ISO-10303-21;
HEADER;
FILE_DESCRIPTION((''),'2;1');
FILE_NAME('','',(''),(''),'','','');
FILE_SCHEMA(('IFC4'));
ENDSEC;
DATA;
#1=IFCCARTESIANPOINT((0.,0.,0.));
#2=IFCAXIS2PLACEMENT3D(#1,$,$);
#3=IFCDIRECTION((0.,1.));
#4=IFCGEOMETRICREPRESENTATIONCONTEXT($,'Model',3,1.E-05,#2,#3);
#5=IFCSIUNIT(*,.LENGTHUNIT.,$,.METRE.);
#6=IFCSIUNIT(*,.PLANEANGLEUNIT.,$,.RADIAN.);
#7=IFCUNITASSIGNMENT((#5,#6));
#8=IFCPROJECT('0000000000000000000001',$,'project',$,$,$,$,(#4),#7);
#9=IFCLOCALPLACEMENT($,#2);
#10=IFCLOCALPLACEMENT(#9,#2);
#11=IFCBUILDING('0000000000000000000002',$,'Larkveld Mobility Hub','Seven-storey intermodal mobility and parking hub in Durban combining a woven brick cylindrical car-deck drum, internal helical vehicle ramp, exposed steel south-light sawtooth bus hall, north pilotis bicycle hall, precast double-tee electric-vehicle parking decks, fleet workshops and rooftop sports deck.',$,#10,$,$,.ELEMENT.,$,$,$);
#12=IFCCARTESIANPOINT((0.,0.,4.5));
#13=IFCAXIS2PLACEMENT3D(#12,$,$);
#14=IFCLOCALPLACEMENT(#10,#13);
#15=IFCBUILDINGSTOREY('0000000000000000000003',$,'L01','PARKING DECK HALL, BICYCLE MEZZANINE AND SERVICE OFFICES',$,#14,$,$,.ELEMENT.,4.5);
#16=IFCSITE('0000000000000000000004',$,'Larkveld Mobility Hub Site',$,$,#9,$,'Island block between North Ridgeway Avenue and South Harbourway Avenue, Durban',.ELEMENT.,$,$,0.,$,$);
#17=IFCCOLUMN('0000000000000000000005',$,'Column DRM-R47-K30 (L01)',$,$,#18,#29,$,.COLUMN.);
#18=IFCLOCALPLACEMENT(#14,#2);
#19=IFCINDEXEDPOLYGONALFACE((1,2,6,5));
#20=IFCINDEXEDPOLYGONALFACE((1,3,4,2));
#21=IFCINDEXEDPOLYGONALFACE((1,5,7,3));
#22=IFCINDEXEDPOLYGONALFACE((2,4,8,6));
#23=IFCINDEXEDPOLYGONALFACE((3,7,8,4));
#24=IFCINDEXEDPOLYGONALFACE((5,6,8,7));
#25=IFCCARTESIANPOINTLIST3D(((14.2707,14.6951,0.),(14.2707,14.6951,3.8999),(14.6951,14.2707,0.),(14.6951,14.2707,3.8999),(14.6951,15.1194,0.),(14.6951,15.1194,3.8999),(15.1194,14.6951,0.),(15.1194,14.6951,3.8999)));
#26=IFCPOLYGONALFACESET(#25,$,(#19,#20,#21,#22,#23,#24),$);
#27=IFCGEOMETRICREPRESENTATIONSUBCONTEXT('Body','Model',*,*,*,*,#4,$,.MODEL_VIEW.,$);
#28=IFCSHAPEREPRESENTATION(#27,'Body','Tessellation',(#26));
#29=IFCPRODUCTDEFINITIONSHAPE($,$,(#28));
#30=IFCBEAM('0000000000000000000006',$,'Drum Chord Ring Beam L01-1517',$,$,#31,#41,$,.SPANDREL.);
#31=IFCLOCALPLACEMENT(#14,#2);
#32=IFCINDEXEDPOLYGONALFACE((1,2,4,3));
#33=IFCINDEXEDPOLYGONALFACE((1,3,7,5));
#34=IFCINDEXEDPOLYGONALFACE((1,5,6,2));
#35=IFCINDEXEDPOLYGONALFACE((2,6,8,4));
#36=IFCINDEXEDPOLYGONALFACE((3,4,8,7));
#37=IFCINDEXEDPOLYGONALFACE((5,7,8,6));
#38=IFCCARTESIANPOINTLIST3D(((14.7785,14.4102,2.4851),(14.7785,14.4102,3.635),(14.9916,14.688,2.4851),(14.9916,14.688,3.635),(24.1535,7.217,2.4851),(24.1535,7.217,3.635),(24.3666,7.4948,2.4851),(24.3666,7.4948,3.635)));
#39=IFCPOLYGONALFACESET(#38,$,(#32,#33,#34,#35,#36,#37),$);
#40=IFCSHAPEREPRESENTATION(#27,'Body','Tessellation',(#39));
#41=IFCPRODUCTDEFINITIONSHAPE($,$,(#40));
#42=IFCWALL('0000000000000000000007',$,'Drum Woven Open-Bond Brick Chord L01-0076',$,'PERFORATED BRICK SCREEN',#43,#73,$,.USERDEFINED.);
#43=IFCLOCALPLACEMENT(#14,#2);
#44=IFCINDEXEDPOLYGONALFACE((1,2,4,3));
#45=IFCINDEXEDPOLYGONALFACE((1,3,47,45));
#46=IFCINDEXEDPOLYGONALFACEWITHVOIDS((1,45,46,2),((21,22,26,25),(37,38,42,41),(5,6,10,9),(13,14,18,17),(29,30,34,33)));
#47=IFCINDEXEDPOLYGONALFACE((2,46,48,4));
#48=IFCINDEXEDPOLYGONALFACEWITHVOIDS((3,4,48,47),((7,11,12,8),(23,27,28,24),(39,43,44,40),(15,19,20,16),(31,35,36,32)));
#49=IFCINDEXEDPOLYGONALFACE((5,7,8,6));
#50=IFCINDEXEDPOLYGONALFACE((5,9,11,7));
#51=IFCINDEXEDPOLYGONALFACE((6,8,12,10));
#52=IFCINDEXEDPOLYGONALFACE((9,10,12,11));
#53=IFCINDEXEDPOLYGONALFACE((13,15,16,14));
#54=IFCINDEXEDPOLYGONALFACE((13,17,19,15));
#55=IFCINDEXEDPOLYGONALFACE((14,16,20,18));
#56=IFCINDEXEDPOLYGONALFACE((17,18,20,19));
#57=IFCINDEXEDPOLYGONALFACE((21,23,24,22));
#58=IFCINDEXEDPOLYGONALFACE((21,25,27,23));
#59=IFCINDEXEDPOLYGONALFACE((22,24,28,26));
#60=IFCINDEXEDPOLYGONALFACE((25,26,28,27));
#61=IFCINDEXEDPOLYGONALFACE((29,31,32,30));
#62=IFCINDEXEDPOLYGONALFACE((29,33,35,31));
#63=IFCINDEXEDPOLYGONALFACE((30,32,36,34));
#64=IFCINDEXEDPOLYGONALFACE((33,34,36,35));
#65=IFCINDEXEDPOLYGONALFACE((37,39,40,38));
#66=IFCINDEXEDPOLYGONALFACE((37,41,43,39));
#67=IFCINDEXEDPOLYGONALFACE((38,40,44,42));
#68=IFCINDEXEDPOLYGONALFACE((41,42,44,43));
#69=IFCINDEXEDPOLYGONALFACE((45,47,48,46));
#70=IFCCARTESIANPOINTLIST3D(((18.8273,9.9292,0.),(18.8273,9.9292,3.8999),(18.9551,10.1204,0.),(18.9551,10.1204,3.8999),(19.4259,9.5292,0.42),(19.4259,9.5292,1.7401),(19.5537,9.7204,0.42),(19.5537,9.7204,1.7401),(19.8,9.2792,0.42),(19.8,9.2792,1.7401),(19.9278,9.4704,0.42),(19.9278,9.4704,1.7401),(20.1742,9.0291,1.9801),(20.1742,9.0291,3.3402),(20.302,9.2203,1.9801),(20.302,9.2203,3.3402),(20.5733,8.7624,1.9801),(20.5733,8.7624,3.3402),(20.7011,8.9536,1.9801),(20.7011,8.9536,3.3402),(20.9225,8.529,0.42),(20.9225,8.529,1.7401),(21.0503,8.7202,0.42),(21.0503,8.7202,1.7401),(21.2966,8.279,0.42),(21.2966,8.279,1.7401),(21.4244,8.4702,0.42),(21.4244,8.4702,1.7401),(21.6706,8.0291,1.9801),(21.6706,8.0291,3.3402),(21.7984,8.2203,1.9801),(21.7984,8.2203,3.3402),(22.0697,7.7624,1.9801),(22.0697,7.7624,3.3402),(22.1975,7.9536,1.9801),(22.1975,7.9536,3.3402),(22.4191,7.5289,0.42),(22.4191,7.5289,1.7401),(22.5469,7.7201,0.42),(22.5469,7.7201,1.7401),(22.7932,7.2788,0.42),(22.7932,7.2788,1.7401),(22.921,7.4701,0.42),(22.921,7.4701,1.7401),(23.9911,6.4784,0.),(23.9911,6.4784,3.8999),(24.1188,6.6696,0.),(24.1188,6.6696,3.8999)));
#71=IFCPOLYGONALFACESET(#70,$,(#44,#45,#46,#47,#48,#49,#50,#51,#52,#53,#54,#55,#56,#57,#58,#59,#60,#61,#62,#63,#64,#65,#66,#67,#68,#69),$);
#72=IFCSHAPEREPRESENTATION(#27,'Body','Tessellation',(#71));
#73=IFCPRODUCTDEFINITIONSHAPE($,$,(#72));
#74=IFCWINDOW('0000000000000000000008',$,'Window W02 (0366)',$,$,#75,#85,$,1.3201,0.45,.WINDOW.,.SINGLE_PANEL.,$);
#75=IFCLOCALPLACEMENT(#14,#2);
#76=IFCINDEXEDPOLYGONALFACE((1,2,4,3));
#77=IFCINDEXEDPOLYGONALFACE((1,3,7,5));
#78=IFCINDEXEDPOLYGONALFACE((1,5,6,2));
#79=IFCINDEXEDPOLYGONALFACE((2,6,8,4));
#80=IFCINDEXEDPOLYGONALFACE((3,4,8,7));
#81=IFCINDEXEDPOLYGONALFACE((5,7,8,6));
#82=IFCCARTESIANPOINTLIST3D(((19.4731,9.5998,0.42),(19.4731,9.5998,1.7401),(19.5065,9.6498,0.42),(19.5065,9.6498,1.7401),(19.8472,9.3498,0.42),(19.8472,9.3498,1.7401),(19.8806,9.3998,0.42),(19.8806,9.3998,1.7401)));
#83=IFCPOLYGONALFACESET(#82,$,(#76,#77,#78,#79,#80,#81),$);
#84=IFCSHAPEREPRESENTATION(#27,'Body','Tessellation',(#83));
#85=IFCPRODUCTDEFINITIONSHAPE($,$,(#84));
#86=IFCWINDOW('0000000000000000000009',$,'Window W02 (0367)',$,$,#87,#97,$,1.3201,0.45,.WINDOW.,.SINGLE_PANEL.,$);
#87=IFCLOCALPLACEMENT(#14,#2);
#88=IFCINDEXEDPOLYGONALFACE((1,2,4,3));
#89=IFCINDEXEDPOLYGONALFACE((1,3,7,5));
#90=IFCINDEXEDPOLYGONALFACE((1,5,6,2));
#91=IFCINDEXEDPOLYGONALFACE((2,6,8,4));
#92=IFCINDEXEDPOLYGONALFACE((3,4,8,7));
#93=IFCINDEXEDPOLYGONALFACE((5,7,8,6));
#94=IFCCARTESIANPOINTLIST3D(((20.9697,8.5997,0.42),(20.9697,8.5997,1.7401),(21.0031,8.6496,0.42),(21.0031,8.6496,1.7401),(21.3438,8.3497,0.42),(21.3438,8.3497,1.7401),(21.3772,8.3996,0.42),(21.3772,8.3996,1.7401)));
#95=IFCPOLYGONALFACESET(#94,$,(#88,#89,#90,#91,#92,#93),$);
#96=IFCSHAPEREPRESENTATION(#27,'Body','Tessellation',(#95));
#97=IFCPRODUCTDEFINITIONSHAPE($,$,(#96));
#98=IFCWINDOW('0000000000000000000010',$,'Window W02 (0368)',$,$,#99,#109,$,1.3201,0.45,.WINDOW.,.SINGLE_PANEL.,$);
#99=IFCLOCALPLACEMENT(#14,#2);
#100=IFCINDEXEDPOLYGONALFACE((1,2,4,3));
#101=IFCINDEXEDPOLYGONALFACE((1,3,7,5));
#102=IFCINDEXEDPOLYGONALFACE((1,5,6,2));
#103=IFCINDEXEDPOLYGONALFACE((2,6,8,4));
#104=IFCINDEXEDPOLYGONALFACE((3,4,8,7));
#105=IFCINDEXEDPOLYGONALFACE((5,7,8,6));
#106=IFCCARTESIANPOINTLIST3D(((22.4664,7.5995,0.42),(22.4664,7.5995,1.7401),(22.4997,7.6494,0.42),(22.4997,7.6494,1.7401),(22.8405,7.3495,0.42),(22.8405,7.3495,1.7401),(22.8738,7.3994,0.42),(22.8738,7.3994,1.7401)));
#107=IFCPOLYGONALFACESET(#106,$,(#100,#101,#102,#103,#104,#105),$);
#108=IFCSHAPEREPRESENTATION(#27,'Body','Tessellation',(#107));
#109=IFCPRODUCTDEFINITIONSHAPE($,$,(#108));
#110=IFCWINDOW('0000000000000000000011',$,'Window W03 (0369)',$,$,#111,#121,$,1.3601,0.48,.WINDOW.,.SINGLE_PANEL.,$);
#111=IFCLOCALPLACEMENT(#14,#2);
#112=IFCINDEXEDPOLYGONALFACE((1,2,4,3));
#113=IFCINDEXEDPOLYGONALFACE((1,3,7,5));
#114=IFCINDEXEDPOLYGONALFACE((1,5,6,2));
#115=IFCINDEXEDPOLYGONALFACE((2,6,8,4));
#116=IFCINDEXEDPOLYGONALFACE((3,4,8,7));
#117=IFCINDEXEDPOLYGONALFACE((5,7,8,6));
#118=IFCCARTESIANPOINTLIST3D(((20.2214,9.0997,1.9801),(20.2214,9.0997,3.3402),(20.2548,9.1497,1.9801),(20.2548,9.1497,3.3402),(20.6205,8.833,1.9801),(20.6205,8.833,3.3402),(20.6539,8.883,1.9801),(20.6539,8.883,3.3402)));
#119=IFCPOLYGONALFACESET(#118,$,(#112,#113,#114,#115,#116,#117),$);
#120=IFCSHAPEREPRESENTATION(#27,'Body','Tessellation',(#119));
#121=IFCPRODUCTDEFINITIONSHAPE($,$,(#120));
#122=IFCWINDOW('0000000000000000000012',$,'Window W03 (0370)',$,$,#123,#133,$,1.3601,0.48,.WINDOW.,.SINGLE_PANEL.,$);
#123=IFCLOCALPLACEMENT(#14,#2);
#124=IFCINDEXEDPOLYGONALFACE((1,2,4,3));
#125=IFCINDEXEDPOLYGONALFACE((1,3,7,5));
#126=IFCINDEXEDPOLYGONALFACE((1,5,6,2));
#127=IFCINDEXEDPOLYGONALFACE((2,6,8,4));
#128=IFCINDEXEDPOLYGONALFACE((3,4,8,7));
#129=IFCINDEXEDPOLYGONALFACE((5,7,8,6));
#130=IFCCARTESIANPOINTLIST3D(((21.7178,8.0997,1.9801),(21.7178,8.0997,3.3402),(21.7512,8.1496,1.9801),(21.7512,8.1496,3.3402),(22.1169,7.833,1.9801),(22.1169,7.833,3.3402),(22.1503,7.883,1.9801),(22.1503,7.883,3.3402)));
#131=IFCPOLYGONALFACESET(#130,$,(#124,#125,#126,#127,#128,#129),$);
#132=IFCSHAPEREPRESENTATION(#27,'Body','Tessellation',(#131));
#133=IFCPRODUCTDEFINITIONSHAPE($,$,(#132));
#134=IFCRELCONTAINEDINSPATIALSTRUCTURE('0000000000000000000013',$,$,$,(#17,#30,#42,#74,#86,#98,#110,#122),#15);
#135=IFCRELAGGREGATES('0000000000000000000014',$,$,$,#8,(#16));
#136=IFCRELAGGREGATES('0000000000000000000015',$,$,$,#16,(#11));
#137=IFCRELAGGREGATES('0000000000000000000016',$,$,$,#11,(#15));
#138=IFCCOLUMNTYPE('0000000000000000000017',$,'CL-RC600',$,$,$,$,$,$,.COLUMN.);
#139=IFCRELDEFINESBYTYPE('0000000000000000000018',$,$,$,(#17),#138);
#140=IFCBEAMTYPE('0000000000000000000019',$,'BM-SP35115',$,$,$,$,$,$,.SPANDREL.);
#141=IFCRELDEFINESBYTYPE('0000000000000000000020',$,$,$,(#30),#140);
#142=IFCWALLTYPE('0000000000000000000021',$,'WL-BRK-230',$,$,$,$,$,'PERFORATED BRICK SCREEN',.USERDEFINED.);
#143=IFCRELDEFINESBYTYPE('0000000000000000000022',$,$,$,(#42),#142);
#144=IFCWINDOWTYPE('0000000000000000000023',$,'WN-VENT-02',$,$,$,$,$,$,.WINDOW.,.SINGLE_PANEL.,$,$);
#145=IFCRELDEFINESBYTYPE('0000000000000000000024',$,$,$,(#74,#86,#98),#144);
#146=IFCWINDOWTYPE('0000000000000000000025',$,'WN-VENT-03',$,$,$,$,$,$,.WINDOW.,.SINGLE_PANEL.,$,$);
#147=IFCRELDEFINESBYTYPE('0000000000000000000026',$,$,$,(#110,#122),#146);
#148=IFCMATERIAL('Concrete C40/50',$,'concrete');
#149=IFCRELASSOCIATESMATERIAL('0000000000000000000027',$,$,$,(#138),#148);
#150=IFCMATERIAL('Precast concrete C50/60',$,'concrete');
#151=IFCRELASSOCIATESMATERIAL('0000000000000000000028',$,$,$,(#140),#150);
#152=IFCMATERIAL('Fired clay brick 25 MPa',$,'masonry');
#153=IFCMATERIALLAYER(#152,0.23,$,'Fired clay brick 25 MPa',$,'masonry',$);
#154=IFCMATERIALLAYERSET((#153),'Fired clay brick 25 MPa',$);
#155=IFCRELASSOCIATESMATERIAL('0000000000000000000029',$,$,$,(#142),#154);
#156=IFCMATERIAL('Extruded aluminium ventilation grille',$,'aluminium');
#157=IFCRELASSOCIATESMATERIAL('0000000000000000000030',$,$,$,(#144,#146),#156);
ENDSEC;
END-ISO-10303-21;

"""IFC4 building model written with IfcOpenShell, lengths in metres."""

from ifc_helpers import new_model, si_unit, direction, frame, frame_2d, origin, origin_2d, place, context, subcontext, project, spatial, rectangle, extrude, material, layer, layer_set, material_profile, profile_set, type_object, element, fill, save


model = new_model("IFC4")

# Units and contexts
model_context = context("Model", 3, precision=1e-05, world=origin(), true_north=direction((0.0, 1.0)))
body_context = subcontext(model_context, "Body", "Model", "MODEL_VIEW")
ifc_project = project(units=[si_unit("LENGTHUNIT", "METRE"), si_unit("PLANEANGLEUNIT", "RADIAN")], contexts=[model_context])

# Site, building, storey
site_placement = place(None, origin())
site = spatial("IfcSite", under=ifc_project, at=site_placement, Name="Larkveld Mobility Hub Site", LongName="Island block between North Ridgeway Avenue and South Harbourway Avenue, Durban", CompositionType="ELEMENT", RefElevation=0.0)
building_placement = place(site_placement, origin())
building = spatial("IfcBuilding", under=site, at=building_placement, Name="Larkveld Mobility Hub", Description="Seven-storey intermodal mobility and parking hub in Durban combining a woven brick cylindrical car-deck drum, internal helical vehicle ramp, exposed steel south-light sawtooth bus hall, north pilotis bicycle hall, precast double-tee electric-vehicle parking decks, fleet workshops and rooftop sports deck.", CompositionType="ELEMENT")
storey_placement = place(building_placement, frame((0.0, 0.0, 4.5)))
storey = spatial("IfcBuildingStorey", under=building, at=storey_placement, Name="L01", Description="PARKING DECK HALL, BICYCLE MEZZANINE AND SERVICE OFFICES", CompositionType="ELEMENT", Elevation=4.5)

# Column
ifc_material_1 = material(Name="Concrete C40/50", Category="concrete")
ifc_material_profile_1 = material_profile(ifc_material_1, rectangle(XDim=0.6001, YDim=0.6001, at=origin_2d()), Name="RC COL 600x600")
ifc_profile_set_1 = profile_set([ifc_material_profile_1], Name="Concrete C40/50")
column_type = type_object("IfcColumnType", Name="CL-RC600", PredefinedType="COLUMN", material=ifc_profile_set_1)
column_placement = place(storey_placement, frame((14.6951, 14.6951, 0.0), z_axis=(0.0, 0.0, 1.0), x_axis=(0.707107, 0.707107, 0.0)))
element("IfcColumn", 1, at=column_placement, inside=storey, type_object=column_type, Name="Column DRM-R47-K30 (L01)", PredefinedType="COLUMN", context=body_context, shape_type="SweptSolid", body=[
    extrude(rectangle(XDim=0.6001, YDim=0.6001, at=origin_2d()), origin(), (0.0, 0.0, 1.0), 3.8999),
])

# Beam
ifc_material_2 = material(Name="Precast concrete C50/60", Category="concrete")
ifc_material_profile_2 = material_profile(ifc_material_2, rectangle(XDim=0.3501, YDim=1.1499, at=origin_2d()), Name="PC SP 350x1150")
ifc_profile_set_2 = profile_set([ifc_material_profile_2], Name="Precast concrete C50/60")
beam_type = type_object("IfcBeamType", Name="BM-SP35115", PredefinedType="SPANDREL", material=ifc_profile_set_2)
beam_placement = place(storey_placement, frame((14.885, 14.5491, 3.0601), z_axis=(0.793377, -0.608731, 0.0), x_axis=(0.608731, 0.793377, 0.0)))
element("IfcBeam", 2, at=beam_placement, inside=storey, type_object=beam_type, Name="Drum Chord Ring Beam L01-1517", PredefinedType="SPANDREL", context=body_context, shape_type="SweptSolid", body=[
    extrude(rectangle(XDim=0.3501, YDim=1.1499, at=origin_2d()), origin(), (0.0, 0.0, 1.0), 11.8167),
])

# Wall, openings, windows
ifc_material_3 = material(Name="Fired clay brick 25 MPa", Category="masonry")
ifc_layer_1 = layer(ifc_material_3, 0.23, Name="Fired clay brick 25 MPa", Category="masonry")
ifc_layer_set_1 = layer_set([ifc_layer_1], Name="Fired clay brick 25 MPa")
wall_type_1 = type_object("IfcWallType", Name="WL-BRK-230", ElementType="PERFORATED BRICK SCREEN", PredefinedType="USERDEFINED", material=ifc_layer_set_1)
wall_1_placement = place(storey_placement, frame((18.8911, 10.0249, 0.0), z_axis=(0.0, 0.0, 1.0), x_axis=(0.831427, -0.555634, 0.0)))
wall_1 = element("IfcWall", 3, at=wall_1_placement, inside=storey, type_object=wall_type_1, Name="Drum Woven Open-Bond Brick Chord L01-0076", ObjectType="PERFORATED BRICK SCREEN", PredefinedType="USERDEFINED", context=body_context, shape_type="SweptSolid", body=[
    extrude(rectangle(XDim=6.2107, YDim=0.23, at=frame_2d((3.1055, 0.0))), origin(), (0.0, 0.0, 1.0), 3.8999),
])
opening_1_placement = place(wall_1_placement, frame((0.72, 0.0, 0.4199)))
opening_1 = element("IfcOpeningElement", 4, at=opening_1_placement, cuts=wall_1, PredefinedType="OPENING", context=body_context, shape_type="SweptSolid", body=[
    extrude(rectangle(XDim=0.45, YDim=1.3201, at=frame_2d((0.2251, 0.6602))), frame((0.0, 0.125, 0.0), z_axis=(0.0, -1.0, 0.0), x_axis=(1.0, 0.0, 0.0)), (0.0, 0.0, 1.0), 0.25),
])
opening_2_placement = place(wall_1_placement, frame((2.52, 0.0, 0.4199)))
opening_2 = element("IfcOpeningElement", 5, at=opening_2_placement, cuts=wall_1, PredefinedType="OPENING", context=body_context, shape_type="SweptSolid", body=[
    extrude(rectangle(XDim=0.45, YDim=1.3201, at=frame_2d((0.2251, 0.6602))), frame((0.0, 0.125, 0.0), z_axis=(0.0, -1.0, 0.0), x_axis=(1.0, 0.0, 0.0)), (0.0, 0.0, 1.0), 0.25),
])
opening_3_placement = place(wall_1_placement, frame((4.3201, 0.0, 0.4199)))
opening_3 = element("IfcOpeningElement", 6, at=opening_3_placement, cuts=wall_1, PredefinedType="OPENING", context=body_context, shape_type="SweptSolid", body=[
    extrude(rectangle(XDim=0.45, YDim=1.3201, at=frame_2d((0.2251, 0.6602))), frame((0.0, 0.125, 0.0), z_axis=(0.0, -1.0, 0.0), x_axis=(1.0, 0.0, 0.0)), (0.0, 0.0, 1.0), 0.25),
])
opening_4_placement = place(wall_1_placement, frame((1.6201, 0.0, 1.98)))
opening_4 = element("IfcOpeningElement", 7, at=opening_4_placement, cuts=wall_1, PredefinedType="OPENING", context=body_context, shape_type="SweptSolid", body=[
    extrude(rectangle(XDim=0.48, YDim=1.3601, at=frame_2d((0.24, 0.6802))), frame((0.0, 0.125, 0.0), z_axis=(0.0, -1.0, 0.0), x_axis=(1.0, 0.0, 0.0)), (0.0, 0.0, 1.0), 0.25),
])
opening_5_placement = place(wall_1_placement, frame((3.4199, 0.0, 1.98)))
opening_5 = element("IfcOpeningElement", 8, at=opening_5_placement, cuts=wall_1, PredefinedType="OPENING", context=body_context, shape_type="SweptSolid", body=[
    extrude(rectangle(XDim=0.48, YDim=1.3601, at=frame_2d((0.24, 0.6802))), frame((0.0, 0.125, 0.0), z_axis=(0.0, -1.0, 0.0), x_axis=(1.0, 0.0, 0.0)), (0.0, 0.0, 1.0), 0.25),
])
ifc_material_4 = material(Name="Extruded aluminium ventilation grille", Category="aluminium")
window_type_1 = type_object("IfcWindowType", Name="WN-VENT-02", PartitioningType="SINGLE_PANEL", PredefinedType="WINDOW", material=ifc_material_4)
window_1_placement = place(opening_1_placement, origin())
window_1 = element("IfcWindow", 9, at=window_1_placement, inside=storey, type_object=window_type_1, Name="Window W02 (0366)", OverallHeight=1.3201, OverallWidth=0.45, PartitioningType="SINGLE_PANEL", PredefinedType="WINDOW", context=body_context, shape_type="SweptSolid", body=[
    extrude(rectangle(XDim=0.45, YDim=1.3201, at=frame_2d((0.2251, 0.6602))), frame((0.0, 0.03, 0.0), z_axis=(0.0, -1.0, 0.0), x_axis=(1.0, 0.0, 0.0)), (0.0, 0.0, 1.0), 0.0601),
])
fill(opening_1, window_1)
window_2_placement = place(opening_2_placement, origin())
window_2 = element("IfcWindow", 10, at=window_2_placement, inside=storey, type_object=window_type_1, Name="Window W02 (0367)", OverallHeight=1.3201, OverallWidth=0.45, PartitioningType="SINGLE_PANEL", PredefinedType="WINDOW", context=body_context, shape_type="SweptSolid", body=[
    extrude(rectangle(XDim=0.45, YDim=1.3201, at=frame_2d((0.2251, 0.6602))), frame((0.0, 0.03, 0.0), z_axis=(0.0, -1.0, 0.0), x_axis=(1.0, 0.0, 0.0)), (0.0, 0.0, 1.0), 0.0601),
])
fill(opening_2, window_2)
window_3_placement = place(opening_3_placement, origin())
window_3 = element("IfcWindow", 11, at=window_3_placement, inside=storey, type_object=window_type_1, Name="Window W02 (0368)", OverallHeight=1.3201, OverallWidth=0.45, PartitioningType="SINGLE_PANEL", PredefinedType="WINDOW", context=body_context, shape_type="SweptSolid", body=[
    extrude(rectangle(XDim=0.45, YDim=1.3201, at=frame_2d((0.2251, 0.6602))), frame((0.0, 0.03, 0.0), z_axis=(0.0, -1.0, 0.0), x_axis=(1.0, 0.0, 0.0)), (0.0, 0.0, 1.0), 0.0601),
])
fill(opening_3, window_3)
window_type_2 = type_object("IfcWindowType", Name="WN-VENT-03", PartitioningType="SINGLE_PANEL", PredefinedType="WINDOW", material=ifc_material_4)
window_4_placement = place(opening_4_placement, origin())
window_4 = element("IfcWindow", 12, at=window_4_placement, inside=storey, type_object=window_type_2, Name="Window W03 (0369)", OverallHeight=1.3601, OverallWidth=0.48, PartitioningType="SINGLE_PANEL", PredefinedType="WINDOW", context=body_context, shape_type="SweptSolid", body=[
    extrude(rectangle(XDim=0.48, YDim=1.3601, at=frame_2d((0.24, 0.6802))), frame((0.0, 0.03, 0.0), z_axis=(0.0, -1.0, 0.0), x_axis=(1.0, 0.0, 0.0)), (0.0, 0.0, 1.0), 0.0601),
])
fill(opening_4, window_4)
window_5_placement = place(opening_5_placement, origin())
window_5 = element("IfcWindow", 13, at=window_5_placement, inside=storey, type_object=window_type_2, Name="Window W03 (0370)", OverallHeight=1.3601, OverallWidth=0.48, PartitioningType="SINGLE_PANEL", PredefinedType="WINDOW", context=body_context, shape_type="SweptSolid", body=[
    extrude(rectangle(XDim=0.48, YDim=1.3601, at=frame_2d((0.24, 0.6802))), frame((0.0, 0.03, 0.0), z_axis=(0.0, -1.0, 0.0), x_axis=(1.0, 0.0, 0.0)), (0.0, 0.0, 1.0), 0.0601),
])
fill(opening_5, window_5)

save(model, "model.ifc")
